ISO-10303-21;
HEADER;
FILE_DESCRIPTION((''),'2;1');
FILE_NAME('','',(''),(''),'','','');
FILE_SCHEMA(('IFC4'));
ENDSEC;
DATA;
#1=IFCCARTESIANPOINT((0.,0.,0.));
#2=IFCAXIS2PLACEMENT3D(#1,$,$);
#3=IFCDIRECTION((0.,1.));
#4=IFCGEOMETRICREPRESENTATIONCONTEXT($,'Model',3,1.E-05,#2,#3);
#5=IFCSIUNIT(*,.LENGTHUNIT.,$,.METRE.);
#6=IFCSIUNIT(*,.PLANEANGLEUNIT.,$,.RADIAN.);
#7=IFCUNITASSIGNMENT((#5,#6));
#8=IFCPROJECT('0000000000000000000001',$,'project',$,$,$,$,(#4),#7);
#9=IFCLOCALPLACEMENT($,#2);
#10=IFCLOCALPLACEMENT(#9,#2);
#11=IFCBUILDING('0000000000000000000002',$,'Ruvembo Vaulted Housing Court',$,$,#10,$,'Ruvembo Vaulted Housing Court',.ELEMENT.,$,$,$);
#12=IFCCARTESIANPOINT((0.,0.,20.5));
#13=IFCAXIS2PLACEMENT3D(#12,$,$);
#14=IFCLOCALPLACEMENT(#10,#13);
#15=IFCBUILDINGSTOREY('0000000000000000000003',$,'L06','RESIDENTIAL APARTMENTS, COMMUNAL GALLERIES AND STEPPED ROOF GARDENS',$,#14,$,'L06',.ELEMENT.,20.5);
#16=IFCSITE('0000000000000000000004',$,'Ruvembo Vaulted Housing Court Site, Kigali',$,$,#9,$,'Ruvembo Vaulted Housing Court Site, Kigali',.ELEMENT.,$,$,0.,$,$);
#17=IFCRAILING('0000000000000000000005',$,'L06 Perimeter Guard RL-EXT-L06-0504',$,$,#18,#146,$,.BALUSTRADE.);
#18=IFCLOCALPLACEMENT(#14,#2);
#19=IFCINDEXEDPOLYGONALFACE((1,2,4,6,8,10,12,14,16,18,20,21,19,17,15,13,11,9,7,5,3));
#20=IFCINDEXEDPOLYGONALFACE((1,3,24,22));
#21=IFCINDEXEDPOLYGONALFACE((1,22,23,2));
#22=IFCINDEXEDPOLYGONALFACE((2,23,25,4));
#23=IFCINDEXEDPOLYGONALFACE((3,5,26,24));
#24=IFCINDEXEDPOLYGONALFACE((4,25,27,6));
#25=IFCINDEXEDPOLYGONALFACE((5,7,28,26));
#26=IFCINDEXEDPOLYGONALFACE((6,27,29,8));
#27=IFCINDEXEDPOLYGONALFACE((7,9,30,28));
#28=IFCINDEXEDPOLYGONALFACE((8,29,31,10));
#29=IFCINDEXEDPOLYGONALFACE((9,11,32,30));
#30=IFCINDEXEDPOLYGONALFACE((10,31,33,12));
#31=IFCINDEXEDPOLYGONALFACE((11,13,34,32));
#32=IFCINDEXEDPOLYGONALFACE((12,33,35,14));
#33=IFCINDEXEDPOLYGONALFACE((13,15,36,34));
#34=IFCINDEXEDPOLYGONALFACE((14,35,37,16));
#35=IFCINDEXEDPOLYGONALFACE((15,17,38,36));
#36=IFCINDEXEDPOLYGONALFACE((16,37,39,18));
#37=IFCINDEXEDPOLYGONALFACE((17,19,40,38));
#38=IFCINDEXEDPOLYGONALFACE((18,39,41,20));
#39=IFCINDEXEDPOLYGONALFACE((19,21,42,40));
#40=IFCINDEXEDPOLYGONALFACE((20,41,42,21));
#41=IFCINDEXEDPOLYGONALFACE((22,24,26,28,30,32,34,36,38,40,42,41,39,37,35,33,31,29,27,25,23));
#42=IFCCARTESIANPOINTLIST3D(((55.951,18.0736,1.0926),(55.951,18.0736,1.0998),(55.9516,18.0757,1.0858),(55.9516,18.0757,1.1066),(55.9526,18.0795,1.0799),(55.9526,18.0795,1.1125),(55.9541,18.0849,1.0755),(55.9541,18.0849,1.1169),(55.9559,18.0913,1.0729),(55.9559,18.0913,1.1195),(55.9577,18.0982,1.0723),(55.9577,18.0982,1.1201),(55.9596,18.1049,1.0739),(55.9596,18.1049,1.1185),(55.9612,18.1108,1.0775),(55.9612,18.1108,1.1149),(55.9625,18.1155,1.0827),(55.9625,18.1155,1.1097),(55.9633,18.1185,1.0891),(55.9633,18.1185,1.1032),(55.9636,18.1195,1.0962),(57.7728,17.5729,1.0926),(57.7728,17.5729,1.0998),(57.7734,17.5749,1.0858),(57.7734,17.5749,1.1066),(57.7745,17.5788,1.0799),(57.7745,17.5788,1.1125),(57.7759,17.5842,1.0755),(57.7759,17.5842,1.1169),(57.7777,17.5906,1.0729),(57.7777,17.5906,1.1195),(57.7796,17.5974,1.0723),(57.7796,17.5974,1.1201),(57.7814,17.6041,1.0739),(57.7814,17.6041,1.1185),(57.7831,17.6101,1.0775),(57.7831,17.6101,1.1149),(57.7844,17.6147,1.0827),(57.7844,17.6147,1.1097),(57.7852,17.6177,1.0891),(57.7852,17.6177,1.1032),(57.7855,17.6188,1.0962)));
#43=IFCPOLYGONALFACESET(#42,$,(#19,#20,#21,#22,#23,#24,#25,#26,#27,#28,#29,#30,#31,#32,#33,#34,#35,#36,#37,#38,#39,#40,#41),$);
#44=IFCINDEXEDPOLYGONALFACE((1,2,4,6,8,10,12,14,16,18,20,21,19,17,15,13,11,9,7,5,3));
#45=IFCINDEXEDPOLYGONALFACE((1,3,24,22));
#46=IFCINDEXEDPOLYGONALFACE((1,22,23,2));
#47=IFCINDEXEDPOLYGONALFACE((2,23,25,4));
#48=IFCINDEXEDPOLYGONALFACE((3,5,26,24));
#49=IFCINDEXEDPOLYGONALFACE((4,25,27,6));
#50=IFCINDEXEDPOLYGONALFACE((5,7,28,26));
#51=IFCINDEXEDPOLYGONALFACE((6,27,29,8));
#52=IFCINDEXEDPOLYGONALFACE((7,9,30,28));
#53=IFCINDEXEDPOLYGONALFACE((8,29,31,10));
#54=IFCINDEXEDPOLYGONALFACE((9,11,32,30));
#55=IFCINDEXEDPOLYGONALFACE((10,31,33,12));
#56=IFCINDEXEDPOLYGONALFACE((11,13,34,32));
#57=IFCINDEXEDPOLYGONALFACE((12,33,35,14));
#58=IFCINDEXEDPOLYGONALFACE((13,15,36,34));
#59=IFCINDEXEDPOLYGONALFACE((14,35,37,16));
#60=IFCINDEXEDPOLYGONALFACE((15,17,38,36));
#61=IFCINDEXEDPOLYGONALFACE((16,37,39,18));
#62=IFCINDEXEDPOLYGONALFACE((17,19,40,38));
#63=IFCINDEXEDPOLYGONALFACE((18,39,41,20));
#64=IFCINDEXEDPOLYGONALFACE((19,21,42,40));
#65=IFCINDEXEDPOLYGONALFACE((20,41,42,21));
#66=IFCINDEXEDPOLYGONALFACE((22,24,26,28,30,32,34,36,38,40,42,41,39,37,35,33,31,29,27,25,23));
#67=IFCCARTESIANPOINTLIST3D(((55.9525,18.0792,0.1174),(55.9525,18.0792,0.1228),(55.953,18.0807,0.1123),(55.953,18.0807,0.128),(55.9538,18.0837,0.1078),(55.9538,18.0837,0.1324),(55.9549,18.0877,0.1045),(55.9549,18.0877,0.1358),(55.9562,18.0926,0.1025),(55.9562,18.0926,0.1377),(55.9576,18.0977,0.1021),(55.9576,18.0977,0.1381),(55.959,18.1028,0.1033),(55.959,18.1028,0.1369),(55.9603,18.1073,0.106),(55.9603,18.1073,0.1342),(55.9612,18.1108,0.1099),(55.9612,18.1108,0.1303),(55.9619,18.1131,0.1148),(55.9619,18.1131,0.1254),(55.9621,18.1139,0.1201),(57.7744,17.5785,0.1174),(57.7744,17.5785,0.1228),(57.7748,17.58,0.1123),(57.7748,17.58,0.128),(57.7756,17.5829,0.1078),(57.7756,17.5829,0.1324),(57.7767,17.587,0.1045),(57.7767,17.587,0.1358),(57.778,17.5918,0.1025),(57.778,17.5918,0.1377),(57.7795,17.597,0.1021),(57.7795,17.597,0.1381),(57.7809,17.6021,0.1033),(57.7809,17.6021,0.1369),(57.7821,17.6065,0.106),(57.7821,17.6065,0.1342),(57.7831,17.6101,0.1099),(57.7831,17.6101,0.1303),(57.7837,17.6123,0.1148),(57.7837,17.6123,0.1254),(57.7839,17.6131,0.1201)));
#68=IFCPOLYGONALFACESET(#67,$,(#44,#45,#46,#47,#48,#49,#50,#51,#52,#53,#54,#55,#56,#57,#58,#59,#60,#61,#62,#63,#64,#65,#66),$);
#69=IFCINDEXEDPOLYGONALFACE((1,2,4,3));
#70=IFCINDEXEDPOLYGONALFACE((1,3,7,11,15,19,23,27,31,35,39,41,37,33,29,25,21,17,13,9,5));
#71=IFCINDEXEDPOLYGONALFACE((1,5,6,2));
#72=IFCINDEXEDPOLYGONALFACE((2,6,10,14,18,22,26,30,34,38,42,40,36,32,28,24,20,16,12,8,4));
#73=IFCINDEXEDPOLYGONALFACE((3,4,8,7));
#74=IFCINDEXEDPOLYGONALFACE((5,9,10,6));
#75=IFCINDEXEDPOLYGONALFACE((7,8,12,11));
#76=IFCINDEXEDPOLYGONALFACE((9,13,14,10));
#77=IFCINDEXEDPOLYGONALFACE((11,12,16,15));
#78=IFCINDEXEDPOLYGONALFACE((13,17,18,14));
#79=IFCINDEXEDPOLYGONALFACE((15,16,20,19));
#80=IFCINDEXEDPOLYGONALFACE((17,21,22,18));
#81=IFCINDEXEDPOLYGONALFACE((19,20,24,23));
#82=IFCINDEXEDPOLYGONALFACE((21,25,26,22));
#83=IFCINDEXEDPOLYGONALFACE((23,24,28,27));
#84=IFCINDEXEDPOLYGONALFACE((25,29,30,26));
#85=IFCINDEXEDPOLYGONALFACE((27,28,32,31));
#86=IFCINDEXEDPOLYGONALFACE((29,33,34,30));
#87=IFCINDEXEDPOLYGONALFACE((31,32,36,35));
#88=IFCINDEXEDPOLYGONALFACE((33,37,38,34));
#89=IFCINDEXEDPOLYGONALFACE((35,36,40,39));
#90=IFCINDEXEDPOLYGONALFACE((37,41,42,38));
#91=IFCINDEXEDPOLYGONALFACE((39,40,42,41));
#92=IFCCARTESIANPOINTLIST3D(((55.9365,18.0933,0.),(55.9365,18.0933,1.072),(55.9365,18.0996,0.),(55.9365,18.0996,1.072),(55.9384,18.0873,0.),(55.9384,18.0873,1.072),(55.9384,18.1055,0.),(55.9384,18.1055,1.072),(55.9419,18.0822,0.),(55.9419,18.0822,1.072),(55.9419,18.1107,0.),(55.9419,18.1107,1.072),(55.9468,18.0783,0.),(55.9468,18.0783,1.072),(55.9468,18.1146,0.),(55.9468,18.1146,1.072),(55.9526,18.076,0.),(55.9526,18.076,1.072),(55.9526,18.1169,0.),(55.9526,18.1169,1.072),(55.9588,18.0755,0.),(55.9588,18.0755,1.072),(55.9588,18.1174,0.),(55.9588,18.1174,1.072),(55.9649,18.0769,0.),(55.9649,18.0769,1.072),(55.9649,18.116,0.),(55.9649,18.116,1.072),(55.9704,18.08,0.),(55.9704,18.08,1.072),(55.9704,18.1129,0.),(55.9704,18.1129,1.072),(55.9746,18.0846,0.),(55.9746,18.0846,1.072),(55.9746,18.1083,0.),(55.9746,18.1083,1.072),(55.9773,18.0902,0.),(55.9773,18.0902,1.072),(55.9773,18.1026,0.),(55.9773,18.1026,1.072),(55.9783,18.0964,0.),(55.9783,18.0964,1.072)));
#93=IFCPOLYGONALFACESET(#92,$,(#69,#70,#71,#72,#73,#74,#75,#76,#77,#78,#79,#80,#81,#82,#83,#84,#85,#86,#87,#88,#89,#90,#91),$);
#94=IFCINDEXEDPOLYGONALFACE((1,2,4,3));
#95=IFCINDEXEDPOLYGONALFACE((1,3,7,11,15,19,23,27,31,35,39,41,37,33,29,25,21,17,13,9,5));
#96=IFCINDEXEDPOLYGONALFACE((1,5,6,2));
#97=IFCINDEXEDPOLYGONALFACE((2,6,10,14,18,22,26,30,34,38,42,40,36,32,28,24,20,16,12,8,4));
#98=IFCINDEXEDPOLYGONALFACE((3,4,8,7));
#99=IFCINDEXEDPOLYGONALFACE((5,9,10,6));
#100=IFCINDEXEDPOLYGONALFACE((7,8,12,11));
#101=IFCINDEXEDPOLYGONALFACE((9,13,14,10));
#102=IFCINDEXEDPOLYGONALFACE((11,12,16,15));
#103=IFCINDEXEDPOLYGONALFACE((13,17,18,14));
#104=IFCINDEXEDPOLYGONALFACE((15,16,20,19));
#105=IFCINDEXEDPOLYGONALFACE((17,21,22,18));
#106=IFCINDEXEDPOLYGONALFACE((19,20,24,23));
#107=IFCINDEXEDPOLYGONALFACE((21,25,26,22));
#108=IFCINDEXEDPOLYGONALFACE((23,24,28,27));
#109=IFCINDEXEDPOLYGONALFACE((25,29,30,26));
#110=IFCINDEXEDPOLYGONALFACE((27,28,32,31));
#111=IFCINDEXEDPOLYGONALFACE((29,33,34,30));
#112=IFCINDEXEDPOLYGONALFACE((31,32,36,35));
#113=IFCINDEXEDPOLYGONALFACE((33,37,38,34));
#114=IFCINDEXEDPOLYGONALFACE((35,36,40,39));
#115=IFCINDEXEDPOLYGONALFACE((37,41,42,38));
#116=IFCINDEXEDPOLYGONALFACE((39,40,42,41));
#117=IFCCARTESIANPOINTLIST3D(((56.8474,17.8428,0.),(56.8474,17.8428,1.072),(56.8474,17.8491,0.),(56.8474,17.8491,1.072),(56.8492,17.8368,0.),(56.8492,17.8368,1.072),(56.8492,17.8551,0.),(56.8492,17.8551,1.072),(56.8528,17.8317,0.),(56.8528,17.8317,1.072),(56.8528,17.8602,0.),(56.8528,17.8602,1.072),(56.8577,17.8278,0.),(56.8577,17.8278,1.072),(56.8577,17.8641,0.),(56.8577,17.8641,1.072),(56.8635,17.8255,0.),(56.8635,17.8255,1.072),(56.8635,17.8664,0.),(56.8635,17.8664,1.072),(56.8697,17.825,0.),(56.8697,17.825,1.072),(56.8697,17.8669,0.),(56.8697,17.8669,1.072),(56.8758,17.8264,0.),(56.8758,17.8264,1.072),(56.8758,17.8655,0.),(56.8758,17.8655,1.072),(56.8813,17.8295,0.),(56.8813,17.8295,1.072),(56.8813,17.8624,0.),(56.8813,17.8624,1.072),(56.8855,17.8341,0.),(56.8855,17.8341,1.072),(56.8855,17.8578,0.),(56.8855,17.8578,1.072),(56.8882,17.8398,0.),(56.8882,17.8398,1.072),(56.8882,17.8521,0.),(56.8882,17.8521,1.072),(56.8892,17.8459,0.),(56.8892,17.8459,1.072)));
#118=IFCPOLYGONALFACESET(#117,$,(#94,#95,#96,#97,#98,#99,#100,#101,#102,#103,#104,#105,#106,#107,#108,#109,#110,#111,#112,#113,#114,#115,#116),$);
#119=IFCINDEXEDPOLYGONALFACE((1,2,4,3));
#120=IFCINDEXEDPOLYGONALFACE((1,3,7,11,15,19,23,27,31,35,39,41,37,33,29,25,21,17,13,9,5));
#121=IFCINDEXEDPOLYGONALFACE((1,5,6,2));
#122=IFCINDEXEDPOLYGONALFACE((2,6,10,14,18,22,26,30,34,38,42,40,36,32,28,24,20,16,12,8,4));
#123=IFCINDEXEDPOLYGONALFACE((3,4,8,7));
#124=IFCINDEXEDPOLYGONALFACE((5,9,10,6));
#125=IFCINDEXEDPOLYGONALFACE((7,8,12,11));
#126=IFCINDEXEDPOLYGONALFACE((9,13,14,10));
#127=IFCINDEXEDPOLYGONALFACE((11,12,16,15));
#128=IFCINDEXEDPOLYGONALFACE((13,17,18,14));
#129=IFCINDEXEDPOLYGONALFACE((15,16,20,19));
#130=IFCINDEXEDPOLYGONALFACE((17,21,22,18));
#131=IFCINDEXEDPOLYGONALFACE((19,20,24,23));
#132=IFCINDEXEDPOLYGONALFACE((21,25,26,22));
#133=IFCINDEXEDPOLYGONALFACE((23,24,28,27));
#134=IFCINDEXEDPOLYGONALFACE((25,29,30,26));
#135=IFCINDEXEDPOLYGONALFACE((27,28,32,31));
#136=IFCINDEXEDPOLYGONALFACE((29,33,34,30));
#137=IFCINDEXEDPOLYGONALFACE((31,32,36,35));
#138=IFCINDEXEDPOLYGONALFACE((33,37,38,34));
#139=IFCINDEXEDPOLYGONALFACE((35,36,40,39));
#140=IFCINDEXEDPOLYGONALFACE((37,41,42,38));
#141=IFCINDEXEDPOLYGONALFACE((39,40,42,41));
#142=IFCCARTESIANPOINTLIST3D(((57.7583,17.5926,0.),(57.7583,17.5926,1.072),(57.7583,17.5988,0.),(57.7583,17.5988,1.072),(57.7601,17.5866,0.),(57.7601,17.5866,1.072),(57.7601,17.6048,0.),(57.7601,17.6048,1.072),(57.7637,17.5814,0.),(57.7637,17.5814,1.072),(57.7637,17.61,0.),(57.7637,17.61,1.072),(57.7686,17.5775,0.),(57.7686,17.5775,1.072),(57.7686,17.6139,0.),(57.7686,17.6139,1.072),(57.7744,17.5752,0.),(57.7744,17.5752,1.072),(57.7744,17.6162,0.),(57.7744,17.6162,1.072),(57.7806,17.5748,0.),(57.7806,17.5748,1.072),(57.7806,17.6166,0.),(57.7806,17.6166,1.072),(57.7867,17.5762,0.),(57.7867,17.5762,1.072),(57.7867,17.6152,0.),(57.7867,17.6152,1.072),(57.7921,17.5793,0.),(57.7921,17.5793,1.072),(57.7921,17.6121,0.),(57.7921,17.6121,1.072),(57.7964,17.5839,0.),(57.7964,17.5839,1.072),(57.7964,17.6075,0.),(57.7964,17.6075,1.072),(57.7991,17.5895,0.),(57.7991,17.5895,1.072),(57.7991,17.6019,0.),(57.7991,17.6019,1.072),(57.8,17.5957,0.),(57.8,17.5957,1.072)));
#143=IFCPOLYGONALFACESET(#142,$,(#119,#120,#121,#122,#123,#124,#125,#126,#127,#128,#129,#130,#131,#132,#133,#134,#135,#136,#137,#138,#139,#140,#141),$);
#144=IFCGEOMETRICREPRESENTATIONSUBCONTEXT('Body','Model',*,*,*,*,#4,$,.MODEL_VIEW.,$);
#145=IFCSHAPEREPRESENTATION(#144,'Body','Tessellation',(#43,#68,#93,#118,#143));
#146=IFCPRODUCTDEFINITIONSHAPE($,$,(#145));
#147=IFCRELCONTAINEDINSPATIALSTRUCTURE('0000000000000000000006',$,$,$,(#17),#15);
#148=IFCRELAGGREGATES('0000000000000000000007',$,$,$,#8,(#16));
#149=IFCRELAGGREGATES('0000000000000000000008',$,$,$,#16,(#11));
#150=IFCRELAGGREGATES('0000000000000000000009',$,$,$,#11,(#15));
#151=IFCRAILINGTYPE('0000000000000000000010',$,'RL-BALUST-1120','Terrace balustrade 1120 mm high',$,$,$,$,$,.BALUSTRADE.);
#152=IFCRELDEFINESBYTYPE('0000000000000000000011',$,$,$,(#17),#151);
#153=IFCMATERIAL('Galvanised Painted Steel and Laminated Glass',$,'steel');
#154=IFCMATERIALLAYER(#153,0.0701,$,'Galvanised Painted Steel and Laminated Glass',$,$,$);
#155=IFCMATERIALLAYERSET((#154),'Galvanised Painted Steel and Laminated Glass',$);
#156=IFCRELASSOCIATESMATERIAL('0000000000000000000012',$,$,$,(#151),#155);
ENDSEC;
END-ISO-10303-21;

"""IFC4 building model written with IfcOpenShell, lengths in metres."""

from ifc_helpers import new_model, si_unit, direction, frame, origin, origin_2d, place, context, subcontext, project, spatial, circle, extrude, material, layer, layer_set, type_object, element, save


model = new_model("IFC4")

# Units and contexts
model_context = context("Model", 3, precision=1e-05, world=origin(), true_north=direction((0.0, 1.0)))
body_context = subcontext(model_context, "Body", "Model", "MODEL_VIEW")
ifc_project = project(units=[si_unit("LENGTHUNIT", "METRE"), si_unit("PLANEANGLEUNIT", "RADIAN")], contexts=[model_context])

# Site, building, storey
site_placement = place(None, origin())
site = spatial("IfcSite", under=ifc_project, at=site_placement, Name="Ruvembo Vaulted Housing Court Site, Kigali", LongName="Ruvembo Vaulted Housing Court Site, Kigali", CompositionType="ELEMENT", RefElevation=0.0)
building_placement = place(site_placement, origin())
building = spatial("IfcBuilding", under=site, at=building_placement, Name="Ruvembo Vaulted Housing Court", LongName="Ruvembo Vaulted Housing Court", CompositionType="ELEMENT")
storey_placement = place(building_placement, frame((0.0, 0.0, 20.5)))
storey = spatial("IfcBuildingStorey", under=building, at=storey_placement, Name="L06", Description="RESIDENTIAL APARTMENTS, COMMUNAL GALLERIES AND STEPPED ROOF GARDENS", LongName="L06", CompositionType="ELEMENT", Elevation=20.5)

# Railing
ifc_material_1 = material(Name="Galvanised Painted Steel and Laminated Glass", Category="steel")
ifc_layer = layer(ifc_material_1, 0.0701, Name="Galvanised Painted Steel and Laminated Glass")
ifc_layer_set = layer_set([ifc_layer], Name="Galvanised Painted Steel and Laminated Glass")
railing_type = type_object("IfcRailingType", Name="RL-BALUST-1120", Description="Terrace balustrade 1120 mm high", PredefinedType="BALUSTRADE", material=ifc_layer_set)
railing_1_placement = place(storey_placement, frame((55.9573, 18.0964, 0.0)))
element("IfcRailing", 1, at=railing_1_placement, inside=storey, type_object=railing_type, Name="L06 Perimeter Guard RL-EXT-L06-0504", PredefinedType="BALUSTRADE", context=body_context, shape_type="SweptSolid", body=[
    extrude(circle(Radius=0.0239, at=origin_2d()), frame((0.0, 0.0, 1.0962), z_axis=(0.96424, -0.26503, 0.0), x_axis=(0.26503, 0.96424, 0.0)), (0.0, 0.0, 1.0), 1.8894),
    extrude(circle(Radius=0.0181, at=origin_2d()), frame((0.0, 0.0, 0.1201), z_axis=(0.96424, -0.26503, 0.0), x_axis=(0.26503, 0.96424, 0.0)), (0.0, 0.0, 1.0), 1.8894),
    extrude(circle(Radius=0.021, at=origin_2d()), origin(), (0.0, 0.0, 1.0), 1.072),
    extrude(circle(Radius=0.021, at=origin_2d()), frame((0.9109, -0.2505, 0.0)), (0.0, 0.0, 1.0), 1.072),
    extrude(circle(Radius=0.021, at=origin_2d()), frame((1.8218, -0.5007, 0.0)), (0.0, 0.0, 1.0), 1.072),
])

save(model, "model.ifc")
